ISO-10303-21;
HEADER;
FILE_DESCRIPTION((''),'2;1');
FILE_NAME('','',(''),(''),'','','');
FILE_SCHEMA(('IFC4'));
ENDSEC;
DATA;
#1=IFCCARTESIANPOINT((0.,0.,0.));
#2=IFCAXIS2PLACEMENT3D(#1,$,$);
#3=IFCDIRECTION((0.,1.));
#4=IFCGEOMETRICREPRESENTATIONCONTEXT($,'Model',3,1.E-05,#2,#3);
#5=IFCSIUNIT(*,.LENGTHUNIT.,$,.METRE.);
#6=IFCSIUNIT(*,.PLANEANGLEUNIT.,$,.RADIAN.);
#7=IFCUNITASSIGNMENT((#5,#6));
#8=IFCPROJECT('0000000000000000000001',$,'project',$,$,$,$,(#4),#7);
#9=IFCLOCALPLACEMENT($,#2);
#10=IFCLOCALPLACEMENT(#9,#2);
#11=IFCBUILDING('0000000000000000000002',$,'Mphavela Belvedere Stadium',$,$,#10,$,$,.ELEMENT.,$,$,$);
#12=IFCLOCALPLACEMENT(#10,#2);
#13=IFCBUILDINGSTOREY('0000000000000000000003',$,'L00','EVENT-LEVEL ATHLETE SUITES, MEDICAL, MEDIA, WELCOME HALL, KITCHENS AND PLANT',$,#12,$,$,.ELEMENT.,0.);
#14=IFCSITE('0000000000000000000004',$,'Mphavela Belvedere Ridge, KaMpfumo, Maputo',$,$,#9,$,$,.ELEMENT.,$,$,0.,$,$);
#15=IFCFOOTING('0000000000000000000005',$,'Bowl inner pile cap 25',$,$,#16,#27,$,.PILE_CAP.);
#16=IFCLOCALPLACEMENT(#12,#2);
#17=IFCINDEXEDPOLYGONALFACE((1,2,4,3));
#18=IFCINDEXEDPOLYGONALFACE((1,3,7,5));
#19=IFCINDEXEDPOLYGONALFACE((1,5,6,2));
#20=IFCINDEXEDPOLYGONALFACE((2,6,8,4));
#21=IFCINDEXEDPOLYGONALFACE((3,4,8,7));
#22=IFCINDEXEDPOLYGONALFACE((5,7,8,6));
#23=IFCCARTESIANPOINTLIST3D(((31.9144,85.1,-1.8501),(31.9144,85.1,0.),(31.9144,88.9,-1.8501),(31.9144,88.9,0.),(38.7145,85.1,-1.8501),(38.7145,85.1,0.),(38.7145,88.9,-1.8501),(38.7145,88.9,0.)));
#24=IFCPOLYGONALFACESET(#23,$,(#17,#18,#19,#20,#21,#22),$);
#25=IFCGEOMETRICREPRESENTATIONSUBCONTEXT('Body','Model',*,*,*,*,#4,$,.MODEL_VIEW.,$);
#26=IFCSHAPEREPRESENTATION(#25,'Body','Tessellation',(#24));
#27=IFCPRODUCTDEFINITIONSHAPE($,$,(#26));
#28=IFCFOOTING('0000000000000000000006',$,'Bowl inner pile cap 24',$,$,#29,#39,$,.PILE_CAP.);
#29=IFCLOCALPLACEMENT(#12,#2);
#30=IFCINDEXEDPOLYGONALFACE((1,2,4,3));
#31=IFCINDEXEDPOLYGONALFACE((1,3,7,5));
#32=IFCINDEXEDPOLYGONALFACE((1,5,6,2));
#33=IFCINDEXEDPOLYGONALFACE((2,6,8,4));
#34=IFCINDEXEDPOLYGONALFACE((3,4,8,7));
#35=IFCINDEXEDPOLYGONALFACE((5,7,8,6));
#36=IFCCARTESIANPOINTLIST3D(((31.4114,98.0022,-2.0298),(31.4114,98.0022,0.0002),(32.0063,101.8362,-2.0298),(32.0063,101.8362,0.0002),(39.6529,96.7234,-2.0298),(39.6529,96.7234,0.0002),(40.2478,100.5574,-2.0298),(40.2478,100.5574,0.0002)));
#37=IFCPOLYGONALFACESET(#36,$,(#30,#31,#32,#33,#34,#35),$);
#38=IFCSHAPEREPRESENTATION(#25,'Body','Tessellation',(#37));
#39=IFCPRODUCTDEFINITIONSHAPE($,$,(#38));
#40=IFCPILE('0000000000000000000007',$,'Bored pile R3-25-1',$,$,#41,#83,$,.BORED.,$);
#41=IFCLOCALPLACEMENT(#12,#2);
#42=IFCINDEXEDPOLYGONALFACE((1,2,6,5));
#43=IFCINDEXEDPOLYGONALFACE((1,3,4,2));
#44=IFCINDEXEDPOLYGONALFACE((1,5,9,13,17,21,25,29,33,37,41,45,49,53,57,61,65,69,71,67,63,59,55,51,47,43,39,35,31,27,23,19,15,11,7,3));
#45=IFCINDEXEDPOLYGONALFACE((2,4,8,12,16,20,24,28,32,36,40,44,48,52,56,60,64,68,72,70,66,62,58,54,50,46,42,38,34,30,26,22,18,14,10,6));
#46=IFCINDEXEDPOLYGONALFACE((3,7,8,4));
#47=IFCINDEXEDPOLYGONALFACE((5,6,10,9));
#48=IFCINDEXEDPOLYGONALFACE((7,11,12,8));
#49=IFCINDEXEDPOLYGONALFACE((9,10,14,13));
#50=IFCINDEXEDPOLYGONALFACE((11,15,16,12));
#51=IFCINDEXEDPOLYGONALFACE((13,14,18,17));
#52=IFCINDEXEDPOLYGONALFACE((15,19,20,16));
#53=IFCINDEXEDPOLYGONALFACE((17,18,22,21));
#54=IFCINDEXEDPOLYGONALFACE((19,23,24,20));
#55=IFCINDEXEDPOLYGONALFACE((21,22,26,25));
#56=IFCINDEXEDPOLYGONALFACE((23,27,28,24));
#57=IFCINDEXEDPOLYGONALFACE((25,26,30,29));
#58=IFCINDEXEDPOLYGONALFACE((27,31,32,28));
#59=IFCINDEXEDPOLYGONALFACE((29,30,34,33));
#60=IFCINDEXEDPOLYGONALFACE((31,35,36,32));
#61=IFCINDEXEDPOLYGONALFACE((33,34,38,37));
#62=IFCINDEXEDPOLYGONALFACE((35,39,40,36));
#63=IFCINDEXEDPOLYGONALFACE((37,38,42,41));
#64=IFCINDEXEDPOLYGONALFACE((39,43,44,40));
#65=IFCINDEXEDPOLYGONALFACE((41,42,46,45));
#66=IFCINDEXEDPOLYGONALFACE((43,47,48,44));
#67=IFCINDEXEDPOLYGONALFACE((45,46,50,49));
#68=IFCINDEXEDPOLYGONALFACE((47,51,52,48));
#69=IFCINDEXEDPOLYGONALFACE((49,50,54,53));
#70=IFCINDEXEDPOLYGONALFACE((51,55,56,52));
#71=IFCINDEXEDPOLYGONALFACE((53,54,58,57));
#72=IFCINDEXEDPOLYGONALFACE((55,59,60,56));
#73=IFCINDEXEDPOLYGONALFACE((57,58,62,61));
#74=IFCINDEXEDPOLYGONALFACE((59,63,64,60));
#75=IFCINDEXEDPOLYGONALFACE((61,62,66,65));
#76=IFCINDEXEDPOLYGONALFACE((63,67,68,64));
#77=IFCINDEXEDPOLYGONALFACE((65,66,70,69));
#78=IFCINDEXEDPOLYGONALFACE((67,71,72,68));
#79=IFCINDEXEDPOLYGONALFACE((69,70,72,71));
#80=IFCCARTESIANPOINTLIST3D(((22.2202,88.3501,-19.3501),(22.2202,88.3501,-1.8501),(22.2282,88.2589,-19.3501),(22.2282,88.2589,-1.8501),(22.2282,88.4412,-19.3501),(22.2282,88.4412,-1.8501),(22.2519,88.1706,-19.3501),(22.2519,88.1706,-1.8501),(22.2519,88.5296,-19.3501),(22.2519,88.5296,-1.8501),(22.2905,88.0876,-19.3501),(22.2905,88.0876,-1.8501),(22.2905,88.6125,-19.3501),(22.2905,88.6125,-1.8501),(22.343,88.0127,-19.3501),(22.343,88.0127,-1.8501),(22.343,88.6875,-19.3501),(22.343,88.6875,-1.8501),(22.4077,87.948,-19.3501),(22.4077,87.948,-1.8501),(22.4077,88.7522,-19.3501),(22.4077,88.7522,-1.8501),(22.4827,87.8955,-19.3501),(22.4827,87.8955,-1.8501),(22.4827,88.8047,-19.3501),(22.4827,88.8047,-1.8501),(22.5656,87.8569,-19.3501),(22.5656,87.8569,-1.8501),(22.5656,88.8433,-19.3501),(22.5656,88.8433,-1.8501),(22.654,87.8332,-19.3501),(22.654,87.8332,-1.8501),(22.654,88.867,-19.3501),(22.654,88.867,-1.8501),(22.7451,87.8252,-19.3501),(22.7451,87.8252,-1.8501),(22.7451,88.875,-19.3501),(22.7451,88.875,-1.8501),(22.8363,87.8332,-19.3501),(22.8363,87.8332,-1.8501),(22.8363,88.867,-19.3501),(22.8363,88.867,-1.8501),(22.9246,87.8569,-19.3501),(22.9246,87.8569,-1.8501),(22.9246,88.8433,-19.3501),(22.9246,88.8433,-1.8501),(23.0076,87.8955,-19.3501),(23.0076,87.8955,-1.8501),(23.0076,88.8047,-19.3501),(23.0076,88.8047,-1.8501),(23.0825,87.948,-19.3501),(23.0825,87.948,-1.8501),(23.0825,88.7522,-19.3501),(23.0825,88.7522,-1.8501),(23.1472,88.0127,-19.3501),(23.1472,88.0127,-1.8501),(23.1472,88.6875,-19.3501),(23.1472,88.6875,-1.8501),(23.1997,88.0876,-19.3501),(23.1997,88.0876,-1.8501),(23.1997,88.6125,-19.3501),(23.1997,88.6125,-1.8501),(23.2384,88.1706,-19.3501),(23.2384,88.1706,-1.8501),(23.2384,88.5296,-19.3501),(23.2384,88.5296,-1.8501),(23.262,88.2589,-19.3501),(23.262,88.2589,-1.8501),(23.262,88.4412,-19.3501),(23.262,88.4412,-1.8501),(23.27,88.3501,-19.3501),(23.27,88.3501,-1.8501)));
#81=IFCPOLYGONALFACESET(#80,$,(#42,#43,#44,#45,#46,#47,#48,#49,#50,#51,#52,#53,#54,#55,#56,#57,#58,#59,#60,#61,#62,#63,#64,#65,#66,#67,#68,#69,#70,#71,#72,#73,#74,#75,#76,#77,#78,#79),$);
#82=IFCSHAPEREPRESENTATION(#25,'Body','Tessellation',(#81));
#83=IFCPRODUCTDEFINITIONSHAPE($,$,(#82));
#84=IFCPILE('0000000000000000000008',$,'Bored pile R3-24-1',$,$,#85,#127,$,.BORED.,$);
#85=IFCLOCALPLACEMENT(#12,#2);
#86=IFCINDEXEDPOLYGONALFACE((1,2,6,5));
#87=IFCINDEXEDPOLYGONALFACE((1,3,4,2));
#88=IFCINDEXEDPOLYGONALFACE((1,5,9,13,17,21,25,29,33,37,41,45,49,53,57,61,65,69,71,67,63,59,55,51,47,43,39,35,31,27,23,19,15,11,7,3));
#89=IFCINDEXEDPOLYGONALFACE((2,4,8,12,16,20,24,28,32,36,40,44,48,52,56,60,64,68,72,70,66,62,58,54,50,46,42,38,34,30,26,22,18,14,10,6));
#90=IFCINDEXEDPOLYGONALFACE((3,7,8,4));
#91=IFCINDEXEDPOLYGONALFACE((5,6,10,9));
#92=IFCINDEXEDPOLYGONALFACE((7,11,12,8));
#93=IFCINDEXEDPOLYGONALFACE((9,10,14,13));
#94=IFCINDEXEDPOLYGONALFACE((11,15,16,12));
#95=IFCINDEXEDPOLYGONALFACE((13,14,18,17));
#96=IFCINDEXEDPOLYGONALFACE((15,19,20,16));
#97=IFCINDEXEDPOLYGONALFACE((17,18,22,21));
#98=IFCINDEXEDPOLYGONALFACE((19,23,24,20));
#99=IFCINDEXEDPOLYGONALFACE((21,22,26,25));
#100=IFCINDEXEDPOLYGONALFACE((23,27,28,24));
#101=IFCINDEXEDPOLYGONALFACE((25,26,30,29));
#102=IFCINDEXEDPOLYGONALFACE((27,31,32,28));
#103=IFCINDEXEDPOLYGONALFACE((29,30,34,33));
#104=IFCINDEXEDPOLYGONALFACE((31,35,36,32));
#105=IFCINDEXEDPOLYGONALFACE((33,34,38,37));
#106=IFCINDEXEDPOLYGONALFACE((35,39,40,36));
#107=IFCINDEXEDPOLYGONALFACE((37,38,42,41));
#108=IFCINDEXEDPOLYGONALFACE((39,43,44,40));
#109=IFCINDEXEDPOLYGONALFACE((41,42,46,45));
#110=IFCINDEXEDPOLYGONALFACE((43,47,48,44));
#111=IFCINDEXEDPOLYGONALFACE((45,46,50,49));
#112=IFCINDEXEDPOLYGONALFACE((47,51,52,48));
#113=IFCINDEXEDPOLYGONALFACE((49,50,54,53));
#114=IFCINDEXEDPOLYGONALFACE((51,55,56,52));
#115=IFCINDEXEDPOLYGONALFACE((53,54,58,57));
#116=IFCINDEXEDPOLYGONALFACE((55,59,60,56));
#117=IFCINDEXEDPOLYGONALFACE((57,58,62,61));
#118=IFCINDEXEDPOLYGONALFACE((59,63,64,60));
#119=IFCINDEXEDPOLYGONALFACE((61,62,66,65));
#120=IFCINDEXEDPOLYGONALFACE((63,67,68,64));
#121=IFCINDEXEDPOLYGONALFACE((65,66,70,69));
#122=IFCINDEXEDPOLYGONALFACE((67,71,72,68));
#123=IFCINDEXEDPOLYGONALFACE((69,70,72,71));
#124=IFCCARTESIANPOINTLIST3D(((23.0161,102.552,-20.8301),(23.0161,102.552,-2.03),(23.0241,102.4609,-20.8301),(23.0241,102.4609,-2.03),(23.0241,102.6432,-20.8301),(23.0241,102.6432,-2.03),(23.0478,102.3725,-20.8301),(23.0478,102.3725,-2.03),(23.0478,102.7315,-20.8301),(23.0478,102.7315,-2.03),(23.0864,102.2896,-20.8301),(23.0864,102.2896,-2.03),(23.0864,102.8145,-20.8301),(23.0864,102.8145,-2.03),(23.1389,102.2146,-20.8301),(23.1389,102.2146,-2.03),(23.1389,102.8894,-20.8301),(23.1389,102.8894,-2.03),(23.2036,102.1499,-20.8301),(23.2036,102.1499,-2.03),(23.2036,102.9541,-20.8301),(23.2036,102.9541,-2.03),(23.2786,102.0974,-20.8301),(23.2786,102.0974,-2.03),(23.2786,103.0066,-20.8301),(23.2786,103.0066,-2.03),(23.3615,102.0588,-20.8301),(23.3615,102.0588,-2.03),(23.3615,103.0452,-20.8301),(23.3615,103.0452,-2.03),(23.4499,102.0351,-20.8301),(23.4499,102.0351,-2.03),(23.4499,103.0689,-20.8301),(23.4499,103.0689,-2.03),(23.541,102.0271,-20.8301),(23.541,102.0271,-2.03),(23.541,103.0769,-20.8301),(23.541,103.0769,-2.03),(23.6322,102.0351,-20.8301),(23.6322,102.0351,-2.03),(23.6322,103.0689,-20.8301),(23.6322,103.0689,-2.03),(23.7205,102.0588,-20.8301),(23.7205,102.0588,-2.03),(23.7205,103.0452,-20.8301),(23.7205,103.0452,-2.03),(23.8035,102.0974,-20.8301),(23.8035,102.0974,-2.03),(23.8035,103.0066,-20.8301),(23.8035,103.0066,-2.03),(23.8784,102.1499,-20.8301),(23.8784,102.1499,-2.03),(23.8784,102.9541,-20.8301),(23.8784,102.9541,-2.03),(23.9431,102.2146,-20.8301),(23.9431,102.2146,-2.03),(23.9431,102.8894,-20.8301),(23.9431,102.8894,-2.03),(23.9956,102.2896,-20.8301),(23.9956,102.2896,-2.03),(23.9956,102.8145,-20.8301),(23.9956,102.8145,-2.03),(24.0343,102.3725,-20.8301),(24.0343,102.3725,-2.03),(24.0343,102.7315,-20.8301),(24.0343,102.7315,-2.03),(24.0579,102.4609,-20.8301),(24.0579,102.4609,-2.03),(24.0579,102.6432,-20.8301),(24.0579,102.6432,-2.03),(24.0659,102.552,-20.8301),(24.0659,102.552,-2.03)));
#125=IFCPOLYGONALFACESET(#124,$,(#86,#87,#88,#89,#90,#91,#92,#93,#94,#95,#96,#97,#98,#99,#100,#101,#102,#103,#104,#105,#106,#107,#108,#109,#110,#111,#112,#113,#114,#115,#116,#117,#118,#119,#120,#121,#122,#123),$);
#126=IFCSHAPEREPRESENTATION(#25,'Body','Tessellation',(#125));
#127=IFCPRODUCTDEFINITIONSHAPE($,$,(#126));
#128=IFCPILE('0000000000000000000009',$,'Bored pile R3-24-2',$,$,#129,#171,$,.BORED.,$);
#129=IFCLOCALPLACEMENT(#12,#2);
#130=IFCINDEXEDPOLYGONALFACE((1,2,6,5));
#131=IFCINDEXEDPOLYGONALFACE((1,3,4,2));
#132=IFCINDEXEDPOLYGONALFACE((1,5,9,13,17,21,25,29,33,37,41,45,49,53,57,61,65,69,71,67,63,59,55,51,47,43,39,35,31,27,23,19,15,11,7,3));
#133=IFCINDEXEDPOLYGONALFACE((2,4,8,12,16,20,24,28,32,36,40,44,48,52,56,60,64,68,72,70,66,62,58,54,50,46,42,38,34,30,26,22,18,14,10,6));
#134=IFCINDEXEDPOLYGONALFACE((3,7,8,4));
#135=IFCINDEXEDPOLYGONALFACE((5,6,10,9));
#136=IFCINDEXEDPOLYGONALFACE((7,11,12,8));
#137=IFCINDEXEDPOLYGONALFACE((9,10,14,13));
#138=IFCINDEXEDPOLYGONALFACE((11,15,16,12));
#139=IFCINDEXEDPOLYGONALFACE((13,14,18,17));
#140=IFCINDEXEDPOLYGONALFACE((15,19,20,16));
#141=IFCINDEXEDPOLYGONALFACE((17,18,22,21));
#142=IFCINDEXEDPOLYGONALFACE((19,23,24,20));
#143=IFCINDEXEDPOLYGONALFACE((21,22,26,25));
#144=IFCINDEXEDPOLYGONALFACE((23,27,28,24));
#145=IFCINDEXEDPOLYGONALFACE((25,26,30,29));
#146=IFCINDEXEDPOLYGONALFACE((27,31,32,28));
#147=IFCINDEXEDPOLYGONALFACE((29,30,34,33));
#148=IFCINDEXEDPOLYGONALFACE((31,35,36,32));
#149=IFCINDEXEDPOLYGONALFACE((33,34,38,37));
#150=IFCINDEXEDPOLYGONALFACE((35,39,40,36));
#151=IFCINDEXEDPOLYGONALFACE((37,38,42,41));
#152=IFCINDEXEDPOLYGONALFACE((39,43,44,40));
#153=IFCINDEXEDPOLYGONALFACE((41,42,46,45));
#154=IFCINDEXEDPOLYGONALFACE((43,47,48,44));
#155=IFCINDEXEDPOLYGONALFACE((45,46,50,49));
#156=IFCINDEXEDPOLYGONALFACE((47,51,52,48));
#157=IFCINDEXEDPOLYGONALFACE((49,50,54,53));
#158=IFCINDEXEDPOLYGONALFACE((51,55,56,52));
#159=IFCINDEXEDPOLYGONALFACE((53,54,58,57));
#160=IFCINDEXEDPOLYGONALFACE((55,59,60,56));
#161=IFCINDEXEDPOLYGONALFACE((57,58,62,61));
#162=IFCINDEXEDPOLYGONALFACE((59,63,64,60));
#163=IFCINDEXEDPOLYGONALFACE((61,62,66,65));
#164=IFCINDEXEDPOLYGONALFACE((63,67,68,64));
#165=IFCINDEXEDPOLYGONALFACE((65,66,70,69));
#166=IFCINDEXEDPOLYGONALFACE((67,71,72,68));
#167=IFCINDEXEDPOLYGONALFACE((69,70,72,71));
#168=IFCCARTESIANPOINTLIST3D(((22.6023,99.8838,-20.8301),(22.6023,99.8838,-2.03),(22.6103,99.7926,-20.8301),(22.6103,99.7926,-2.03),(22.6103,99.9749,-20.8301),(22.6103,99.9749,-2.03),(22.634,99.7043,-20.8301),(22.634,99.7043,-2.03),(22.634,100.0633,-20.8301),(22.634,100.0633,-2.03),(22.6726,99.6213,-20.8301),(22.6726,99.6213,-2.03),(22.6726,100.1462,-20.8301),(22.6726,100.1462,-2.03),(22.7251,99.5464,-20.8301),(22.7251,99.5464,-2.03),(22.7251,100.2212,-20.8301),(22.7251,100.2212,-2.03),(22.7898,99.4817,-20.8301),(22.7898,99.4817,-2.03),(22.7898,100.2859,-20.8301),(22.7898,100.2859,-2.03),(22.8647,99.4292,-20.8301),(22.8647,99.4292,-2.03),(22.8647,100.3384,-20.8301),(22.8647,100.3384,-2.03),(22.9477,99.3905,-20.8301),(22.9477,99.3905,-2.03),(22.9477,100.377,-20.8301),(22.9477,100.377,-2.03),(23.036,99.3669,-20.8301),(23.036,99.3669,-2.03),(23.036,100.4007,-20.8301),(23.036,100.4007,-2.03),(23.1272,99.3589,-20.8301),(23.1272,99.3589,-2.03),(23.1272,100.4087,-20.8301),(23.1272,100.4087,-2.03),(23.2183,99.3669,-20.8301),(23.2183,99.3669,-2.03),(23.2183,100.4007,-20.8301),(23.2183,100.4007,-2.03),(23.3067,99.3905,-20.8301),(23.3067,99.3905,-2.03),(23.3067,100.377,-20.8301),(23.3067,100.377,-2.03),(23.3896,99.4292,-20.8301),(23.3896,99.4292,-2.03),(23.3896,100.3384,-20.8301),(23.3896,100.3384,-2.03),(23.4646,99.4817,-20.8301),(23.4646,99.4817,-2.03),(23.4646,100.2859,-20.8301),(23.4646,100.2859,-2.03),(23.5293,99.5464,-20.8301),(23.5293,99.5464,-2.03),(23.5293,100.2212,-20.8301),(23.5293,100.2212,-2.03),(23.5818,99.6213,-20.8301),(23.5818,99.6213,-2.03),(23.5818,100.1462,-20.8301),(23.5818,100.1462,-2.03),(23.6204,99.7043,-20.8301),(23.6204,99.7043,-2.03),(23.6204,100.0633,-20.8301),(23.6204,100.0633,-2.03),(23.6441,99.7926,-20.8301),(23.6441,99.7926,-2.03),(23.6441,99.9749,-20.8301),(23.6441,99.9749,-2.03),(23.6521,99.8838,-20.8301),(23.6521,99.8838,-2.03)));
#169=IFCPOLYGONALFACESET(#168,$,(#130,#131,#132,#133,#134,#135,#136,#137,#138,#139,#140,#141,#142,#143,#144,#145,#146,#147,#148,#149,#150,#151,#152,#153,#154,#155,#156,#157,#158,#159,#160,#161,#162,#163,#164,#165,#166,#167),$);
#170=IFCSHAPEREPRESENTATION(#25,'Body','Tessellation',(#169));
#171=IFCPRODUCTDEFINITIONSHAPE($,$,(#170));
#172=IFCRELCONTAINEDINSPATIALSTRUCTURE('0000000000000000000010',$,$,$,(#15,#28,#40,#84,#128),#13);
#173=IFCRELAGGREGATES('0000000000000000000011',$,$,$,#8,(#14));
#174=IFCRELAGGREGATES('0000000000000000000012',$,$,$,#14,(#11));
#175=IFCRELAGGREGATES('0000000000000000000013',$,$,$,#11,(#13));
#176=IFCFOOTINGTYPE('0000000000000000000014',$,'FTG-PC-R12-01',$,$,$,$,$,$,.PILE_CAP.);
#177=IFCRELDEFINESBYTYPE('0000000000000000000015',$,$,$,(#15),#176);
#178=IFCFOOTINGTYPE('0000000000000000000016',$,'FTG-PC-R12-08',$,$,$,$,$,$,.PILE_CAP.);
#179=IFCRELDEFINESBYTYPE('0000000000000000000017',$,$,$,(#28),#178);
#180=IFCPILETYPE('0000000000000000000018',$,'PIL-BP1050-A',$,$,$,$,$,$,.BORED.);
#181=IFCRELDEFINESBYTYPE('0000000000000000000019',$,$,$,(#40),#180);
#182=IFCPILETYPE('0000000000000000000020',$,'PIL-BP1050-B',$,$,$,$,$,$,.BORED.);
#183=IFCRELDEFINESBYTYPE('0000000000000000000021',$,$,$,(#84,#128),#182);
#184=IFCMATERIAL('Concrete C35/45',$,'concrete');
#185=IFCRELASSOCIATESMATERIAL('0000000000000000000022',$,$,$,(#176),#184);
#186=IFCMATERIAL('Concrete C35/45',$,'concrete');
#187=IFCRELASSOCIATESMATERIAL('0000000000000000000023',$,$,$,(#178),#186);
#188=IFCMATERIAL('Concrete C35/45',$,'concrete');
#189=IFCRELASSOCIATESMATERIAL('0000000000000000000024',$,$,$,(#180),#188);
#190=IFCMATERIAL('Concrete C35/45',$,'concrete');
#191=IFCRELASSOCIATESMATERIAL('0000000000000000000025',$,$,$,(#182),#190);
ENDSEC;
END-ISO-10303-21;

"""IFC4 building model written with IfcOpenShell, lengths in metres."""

from ifc_helpers import new_model, si_unit, direction, frame, origin, origin_2d, place, context, subcontext, project, spatial, rectangle, circle, extrude, material, material_profile, profile_set, type_object, element, save


model = new_model("IFC4")

# Units and contexts
model_context = context("Model", 3, precision=1e-05, world=origin(), true_north=direction((0.0, 1.0)))
body_context = subcontext(model_context, "Body", "Model", "MODEL_VIEW")
ifc_project = project(units=[si_unit("LENGTHUNIT", "METRE"), si_unit("PLANEANGLEUNIT", "RADIAN")], contexts=[model_context])

# Site, building, storey
site_placement = place(None, origin())
site = spatial("IfcSite", under=ifc_project, at=site_placement, Name="Mphavela Belvedere Ridge, KaMpfumo, Maputo", CompositionType="ELEMENT", RefElevation=0.0)
building_placement = place(site_placement, origin())
building = spatial("IfcBuilding", under=site, at=building_placement, Name="Mphavela Belvedere Stadium", CompositionType="ELEMENT")
storey_placement = place(building_placement, origin())
storey = spatial("IfcBuildingStorey", under=building, at=storey_placement, Name="L00", Description="EVENT-LEVEL ATHLETE SUITES, MEDICAL, MEDIA, WELCOME HALL, KITCHENS AND PLANT", CompositionType="ELEMENT", Elevation=0.0)

# Footings
ifc_material_1 = material(Name="Concrete C35/45", Category="concrete")
footing_type_1 = type_object("IfcFootingType", Name="FTG-PC-R12-01", PredefinedType="PILE_CAP", material=ifc_material_1)
footing_1_placement = place(storey_placement, frame((35.3145, 87.0, -1.8501), z_axis=(0.0, 0.0, 1.0), x_axis=(-1.0, 0.0, 0.0)))
element("IfcFooting", 1, at=footing_1_placement, inside=storey, type_object=footing_type_1, Name="Bowl inner pile cap 25", PredefinedType="PILE_CAP", context=body_context, shape_type="SweptSolid", body=[
    extrude(rectangle(XDim=6.8, YDim=3.8, at=origin_2d()), origin(), (0.0, 0.0, 1.0), 1.8501),
])
ifc_material_2 = material(Name="Concrete C35/45", Category="concrete")
footing_type_2 = type_object("IfcFootingType", Name="FTG-PC-R12-08", PredefinedType="PILE_CAP", material=ifc_material_2)
footing_2_placement = place(storey_placement, frame((35.8296, 99.2798, -2.0298), z_axis=(0.0, 0.0, 1.0), x_axis=(-0.988175, 0.153331, 0.0)))
element("IfcFooting", 2, at=footing_2_placement, inside=storey, type_object=footing_type_2, Name="Bowl inner pile cap 24", PredefinedType="PILE_CAP", context=body_context, shape_type="SweptSolid", body=[
    extrude(rectangle(XDim=8.3401, YDim=3.8799, at=origin_2d()), origin(), (0.0, 0.0, 1.0), 2.03),
])

# Piles
ifc_material_3 = material(Name="Concrete C35/45", Category="concrete")
ifc_material_profile_1 = material_profile(ifc_material_3, circle(Radius=0.5249, at=origin_2d()), Name="BP D1050")
ifc_profile_set_1 = profile_set([ifc_material_profile_1], Name="Concrete C35/45")
pile_type_1 = type_object("IfcPileType", Name="PIL-BP1050-A", PredefinedType="BORED", material=ifc_profile_set_1)
pile_placement = place(storey_placement, frame((22.7451, 88.3501, -1.8501), z_axis=(0.0, 0.0, -1.0), x_axis=(1.0, 0.0, 0.0)))
element("IfcPile", 3, at=pile_placement, inside=storey, type_object=pile_type_1, Name="Bored pile R3-25-1", PredefinedType="BORED", context=body_context, shape_type="SweptSolid", body=[
    extrude(circle(Radius=0.5249, at=origin_2d()), origin(), (0.0, 0.0, 1.0), 17.5),
])
ifc_material_4 = material(Name="Concrete C35/45", Category="concrete")
ifc_material_profile_2 = material_profile(ifc_material_4, circle(Radius=0.5249, at=origin_2d()), Name="BP D1050")
ifc_profile_set_2 = profile_set([ifc_material_profile_2], Name="Concrete C35/45")
pile_type_2 = type_object("IfcPileType", Name="PIL-BP1050-B", PredefinedType="BORED", material=ifc_profile_set_2)
for number, where, z_axis, x_axis, name in (
    (4, (23.541, 102.552, -2.03), (0.0, 0.0, -1.0), (1.0, 0.0, 0.0), "Bored pile R3-24-1"),
    (5, (23.1272, 99.8838, -2.03), (0.0, 0.0, -1.0), (1.0, 0.0, 0.0), "Bored pile R3-24-2"),
):
    element("IfcPile", number, at=place(storey_placement, frame(where, z_axis=z_axis, x_axis=x_axis)), inside=storey, type_object=pile_type_2, Name=name, PredefinedType="BORED", context=body_context, shape_type="SweptSolid", body=[
        extrude(circle(Radius=0.5249, at=origin_2d()), origin(), (0.0, 0.0, 1.0), 18.8),
    ])

save(model, "model.ifc")
